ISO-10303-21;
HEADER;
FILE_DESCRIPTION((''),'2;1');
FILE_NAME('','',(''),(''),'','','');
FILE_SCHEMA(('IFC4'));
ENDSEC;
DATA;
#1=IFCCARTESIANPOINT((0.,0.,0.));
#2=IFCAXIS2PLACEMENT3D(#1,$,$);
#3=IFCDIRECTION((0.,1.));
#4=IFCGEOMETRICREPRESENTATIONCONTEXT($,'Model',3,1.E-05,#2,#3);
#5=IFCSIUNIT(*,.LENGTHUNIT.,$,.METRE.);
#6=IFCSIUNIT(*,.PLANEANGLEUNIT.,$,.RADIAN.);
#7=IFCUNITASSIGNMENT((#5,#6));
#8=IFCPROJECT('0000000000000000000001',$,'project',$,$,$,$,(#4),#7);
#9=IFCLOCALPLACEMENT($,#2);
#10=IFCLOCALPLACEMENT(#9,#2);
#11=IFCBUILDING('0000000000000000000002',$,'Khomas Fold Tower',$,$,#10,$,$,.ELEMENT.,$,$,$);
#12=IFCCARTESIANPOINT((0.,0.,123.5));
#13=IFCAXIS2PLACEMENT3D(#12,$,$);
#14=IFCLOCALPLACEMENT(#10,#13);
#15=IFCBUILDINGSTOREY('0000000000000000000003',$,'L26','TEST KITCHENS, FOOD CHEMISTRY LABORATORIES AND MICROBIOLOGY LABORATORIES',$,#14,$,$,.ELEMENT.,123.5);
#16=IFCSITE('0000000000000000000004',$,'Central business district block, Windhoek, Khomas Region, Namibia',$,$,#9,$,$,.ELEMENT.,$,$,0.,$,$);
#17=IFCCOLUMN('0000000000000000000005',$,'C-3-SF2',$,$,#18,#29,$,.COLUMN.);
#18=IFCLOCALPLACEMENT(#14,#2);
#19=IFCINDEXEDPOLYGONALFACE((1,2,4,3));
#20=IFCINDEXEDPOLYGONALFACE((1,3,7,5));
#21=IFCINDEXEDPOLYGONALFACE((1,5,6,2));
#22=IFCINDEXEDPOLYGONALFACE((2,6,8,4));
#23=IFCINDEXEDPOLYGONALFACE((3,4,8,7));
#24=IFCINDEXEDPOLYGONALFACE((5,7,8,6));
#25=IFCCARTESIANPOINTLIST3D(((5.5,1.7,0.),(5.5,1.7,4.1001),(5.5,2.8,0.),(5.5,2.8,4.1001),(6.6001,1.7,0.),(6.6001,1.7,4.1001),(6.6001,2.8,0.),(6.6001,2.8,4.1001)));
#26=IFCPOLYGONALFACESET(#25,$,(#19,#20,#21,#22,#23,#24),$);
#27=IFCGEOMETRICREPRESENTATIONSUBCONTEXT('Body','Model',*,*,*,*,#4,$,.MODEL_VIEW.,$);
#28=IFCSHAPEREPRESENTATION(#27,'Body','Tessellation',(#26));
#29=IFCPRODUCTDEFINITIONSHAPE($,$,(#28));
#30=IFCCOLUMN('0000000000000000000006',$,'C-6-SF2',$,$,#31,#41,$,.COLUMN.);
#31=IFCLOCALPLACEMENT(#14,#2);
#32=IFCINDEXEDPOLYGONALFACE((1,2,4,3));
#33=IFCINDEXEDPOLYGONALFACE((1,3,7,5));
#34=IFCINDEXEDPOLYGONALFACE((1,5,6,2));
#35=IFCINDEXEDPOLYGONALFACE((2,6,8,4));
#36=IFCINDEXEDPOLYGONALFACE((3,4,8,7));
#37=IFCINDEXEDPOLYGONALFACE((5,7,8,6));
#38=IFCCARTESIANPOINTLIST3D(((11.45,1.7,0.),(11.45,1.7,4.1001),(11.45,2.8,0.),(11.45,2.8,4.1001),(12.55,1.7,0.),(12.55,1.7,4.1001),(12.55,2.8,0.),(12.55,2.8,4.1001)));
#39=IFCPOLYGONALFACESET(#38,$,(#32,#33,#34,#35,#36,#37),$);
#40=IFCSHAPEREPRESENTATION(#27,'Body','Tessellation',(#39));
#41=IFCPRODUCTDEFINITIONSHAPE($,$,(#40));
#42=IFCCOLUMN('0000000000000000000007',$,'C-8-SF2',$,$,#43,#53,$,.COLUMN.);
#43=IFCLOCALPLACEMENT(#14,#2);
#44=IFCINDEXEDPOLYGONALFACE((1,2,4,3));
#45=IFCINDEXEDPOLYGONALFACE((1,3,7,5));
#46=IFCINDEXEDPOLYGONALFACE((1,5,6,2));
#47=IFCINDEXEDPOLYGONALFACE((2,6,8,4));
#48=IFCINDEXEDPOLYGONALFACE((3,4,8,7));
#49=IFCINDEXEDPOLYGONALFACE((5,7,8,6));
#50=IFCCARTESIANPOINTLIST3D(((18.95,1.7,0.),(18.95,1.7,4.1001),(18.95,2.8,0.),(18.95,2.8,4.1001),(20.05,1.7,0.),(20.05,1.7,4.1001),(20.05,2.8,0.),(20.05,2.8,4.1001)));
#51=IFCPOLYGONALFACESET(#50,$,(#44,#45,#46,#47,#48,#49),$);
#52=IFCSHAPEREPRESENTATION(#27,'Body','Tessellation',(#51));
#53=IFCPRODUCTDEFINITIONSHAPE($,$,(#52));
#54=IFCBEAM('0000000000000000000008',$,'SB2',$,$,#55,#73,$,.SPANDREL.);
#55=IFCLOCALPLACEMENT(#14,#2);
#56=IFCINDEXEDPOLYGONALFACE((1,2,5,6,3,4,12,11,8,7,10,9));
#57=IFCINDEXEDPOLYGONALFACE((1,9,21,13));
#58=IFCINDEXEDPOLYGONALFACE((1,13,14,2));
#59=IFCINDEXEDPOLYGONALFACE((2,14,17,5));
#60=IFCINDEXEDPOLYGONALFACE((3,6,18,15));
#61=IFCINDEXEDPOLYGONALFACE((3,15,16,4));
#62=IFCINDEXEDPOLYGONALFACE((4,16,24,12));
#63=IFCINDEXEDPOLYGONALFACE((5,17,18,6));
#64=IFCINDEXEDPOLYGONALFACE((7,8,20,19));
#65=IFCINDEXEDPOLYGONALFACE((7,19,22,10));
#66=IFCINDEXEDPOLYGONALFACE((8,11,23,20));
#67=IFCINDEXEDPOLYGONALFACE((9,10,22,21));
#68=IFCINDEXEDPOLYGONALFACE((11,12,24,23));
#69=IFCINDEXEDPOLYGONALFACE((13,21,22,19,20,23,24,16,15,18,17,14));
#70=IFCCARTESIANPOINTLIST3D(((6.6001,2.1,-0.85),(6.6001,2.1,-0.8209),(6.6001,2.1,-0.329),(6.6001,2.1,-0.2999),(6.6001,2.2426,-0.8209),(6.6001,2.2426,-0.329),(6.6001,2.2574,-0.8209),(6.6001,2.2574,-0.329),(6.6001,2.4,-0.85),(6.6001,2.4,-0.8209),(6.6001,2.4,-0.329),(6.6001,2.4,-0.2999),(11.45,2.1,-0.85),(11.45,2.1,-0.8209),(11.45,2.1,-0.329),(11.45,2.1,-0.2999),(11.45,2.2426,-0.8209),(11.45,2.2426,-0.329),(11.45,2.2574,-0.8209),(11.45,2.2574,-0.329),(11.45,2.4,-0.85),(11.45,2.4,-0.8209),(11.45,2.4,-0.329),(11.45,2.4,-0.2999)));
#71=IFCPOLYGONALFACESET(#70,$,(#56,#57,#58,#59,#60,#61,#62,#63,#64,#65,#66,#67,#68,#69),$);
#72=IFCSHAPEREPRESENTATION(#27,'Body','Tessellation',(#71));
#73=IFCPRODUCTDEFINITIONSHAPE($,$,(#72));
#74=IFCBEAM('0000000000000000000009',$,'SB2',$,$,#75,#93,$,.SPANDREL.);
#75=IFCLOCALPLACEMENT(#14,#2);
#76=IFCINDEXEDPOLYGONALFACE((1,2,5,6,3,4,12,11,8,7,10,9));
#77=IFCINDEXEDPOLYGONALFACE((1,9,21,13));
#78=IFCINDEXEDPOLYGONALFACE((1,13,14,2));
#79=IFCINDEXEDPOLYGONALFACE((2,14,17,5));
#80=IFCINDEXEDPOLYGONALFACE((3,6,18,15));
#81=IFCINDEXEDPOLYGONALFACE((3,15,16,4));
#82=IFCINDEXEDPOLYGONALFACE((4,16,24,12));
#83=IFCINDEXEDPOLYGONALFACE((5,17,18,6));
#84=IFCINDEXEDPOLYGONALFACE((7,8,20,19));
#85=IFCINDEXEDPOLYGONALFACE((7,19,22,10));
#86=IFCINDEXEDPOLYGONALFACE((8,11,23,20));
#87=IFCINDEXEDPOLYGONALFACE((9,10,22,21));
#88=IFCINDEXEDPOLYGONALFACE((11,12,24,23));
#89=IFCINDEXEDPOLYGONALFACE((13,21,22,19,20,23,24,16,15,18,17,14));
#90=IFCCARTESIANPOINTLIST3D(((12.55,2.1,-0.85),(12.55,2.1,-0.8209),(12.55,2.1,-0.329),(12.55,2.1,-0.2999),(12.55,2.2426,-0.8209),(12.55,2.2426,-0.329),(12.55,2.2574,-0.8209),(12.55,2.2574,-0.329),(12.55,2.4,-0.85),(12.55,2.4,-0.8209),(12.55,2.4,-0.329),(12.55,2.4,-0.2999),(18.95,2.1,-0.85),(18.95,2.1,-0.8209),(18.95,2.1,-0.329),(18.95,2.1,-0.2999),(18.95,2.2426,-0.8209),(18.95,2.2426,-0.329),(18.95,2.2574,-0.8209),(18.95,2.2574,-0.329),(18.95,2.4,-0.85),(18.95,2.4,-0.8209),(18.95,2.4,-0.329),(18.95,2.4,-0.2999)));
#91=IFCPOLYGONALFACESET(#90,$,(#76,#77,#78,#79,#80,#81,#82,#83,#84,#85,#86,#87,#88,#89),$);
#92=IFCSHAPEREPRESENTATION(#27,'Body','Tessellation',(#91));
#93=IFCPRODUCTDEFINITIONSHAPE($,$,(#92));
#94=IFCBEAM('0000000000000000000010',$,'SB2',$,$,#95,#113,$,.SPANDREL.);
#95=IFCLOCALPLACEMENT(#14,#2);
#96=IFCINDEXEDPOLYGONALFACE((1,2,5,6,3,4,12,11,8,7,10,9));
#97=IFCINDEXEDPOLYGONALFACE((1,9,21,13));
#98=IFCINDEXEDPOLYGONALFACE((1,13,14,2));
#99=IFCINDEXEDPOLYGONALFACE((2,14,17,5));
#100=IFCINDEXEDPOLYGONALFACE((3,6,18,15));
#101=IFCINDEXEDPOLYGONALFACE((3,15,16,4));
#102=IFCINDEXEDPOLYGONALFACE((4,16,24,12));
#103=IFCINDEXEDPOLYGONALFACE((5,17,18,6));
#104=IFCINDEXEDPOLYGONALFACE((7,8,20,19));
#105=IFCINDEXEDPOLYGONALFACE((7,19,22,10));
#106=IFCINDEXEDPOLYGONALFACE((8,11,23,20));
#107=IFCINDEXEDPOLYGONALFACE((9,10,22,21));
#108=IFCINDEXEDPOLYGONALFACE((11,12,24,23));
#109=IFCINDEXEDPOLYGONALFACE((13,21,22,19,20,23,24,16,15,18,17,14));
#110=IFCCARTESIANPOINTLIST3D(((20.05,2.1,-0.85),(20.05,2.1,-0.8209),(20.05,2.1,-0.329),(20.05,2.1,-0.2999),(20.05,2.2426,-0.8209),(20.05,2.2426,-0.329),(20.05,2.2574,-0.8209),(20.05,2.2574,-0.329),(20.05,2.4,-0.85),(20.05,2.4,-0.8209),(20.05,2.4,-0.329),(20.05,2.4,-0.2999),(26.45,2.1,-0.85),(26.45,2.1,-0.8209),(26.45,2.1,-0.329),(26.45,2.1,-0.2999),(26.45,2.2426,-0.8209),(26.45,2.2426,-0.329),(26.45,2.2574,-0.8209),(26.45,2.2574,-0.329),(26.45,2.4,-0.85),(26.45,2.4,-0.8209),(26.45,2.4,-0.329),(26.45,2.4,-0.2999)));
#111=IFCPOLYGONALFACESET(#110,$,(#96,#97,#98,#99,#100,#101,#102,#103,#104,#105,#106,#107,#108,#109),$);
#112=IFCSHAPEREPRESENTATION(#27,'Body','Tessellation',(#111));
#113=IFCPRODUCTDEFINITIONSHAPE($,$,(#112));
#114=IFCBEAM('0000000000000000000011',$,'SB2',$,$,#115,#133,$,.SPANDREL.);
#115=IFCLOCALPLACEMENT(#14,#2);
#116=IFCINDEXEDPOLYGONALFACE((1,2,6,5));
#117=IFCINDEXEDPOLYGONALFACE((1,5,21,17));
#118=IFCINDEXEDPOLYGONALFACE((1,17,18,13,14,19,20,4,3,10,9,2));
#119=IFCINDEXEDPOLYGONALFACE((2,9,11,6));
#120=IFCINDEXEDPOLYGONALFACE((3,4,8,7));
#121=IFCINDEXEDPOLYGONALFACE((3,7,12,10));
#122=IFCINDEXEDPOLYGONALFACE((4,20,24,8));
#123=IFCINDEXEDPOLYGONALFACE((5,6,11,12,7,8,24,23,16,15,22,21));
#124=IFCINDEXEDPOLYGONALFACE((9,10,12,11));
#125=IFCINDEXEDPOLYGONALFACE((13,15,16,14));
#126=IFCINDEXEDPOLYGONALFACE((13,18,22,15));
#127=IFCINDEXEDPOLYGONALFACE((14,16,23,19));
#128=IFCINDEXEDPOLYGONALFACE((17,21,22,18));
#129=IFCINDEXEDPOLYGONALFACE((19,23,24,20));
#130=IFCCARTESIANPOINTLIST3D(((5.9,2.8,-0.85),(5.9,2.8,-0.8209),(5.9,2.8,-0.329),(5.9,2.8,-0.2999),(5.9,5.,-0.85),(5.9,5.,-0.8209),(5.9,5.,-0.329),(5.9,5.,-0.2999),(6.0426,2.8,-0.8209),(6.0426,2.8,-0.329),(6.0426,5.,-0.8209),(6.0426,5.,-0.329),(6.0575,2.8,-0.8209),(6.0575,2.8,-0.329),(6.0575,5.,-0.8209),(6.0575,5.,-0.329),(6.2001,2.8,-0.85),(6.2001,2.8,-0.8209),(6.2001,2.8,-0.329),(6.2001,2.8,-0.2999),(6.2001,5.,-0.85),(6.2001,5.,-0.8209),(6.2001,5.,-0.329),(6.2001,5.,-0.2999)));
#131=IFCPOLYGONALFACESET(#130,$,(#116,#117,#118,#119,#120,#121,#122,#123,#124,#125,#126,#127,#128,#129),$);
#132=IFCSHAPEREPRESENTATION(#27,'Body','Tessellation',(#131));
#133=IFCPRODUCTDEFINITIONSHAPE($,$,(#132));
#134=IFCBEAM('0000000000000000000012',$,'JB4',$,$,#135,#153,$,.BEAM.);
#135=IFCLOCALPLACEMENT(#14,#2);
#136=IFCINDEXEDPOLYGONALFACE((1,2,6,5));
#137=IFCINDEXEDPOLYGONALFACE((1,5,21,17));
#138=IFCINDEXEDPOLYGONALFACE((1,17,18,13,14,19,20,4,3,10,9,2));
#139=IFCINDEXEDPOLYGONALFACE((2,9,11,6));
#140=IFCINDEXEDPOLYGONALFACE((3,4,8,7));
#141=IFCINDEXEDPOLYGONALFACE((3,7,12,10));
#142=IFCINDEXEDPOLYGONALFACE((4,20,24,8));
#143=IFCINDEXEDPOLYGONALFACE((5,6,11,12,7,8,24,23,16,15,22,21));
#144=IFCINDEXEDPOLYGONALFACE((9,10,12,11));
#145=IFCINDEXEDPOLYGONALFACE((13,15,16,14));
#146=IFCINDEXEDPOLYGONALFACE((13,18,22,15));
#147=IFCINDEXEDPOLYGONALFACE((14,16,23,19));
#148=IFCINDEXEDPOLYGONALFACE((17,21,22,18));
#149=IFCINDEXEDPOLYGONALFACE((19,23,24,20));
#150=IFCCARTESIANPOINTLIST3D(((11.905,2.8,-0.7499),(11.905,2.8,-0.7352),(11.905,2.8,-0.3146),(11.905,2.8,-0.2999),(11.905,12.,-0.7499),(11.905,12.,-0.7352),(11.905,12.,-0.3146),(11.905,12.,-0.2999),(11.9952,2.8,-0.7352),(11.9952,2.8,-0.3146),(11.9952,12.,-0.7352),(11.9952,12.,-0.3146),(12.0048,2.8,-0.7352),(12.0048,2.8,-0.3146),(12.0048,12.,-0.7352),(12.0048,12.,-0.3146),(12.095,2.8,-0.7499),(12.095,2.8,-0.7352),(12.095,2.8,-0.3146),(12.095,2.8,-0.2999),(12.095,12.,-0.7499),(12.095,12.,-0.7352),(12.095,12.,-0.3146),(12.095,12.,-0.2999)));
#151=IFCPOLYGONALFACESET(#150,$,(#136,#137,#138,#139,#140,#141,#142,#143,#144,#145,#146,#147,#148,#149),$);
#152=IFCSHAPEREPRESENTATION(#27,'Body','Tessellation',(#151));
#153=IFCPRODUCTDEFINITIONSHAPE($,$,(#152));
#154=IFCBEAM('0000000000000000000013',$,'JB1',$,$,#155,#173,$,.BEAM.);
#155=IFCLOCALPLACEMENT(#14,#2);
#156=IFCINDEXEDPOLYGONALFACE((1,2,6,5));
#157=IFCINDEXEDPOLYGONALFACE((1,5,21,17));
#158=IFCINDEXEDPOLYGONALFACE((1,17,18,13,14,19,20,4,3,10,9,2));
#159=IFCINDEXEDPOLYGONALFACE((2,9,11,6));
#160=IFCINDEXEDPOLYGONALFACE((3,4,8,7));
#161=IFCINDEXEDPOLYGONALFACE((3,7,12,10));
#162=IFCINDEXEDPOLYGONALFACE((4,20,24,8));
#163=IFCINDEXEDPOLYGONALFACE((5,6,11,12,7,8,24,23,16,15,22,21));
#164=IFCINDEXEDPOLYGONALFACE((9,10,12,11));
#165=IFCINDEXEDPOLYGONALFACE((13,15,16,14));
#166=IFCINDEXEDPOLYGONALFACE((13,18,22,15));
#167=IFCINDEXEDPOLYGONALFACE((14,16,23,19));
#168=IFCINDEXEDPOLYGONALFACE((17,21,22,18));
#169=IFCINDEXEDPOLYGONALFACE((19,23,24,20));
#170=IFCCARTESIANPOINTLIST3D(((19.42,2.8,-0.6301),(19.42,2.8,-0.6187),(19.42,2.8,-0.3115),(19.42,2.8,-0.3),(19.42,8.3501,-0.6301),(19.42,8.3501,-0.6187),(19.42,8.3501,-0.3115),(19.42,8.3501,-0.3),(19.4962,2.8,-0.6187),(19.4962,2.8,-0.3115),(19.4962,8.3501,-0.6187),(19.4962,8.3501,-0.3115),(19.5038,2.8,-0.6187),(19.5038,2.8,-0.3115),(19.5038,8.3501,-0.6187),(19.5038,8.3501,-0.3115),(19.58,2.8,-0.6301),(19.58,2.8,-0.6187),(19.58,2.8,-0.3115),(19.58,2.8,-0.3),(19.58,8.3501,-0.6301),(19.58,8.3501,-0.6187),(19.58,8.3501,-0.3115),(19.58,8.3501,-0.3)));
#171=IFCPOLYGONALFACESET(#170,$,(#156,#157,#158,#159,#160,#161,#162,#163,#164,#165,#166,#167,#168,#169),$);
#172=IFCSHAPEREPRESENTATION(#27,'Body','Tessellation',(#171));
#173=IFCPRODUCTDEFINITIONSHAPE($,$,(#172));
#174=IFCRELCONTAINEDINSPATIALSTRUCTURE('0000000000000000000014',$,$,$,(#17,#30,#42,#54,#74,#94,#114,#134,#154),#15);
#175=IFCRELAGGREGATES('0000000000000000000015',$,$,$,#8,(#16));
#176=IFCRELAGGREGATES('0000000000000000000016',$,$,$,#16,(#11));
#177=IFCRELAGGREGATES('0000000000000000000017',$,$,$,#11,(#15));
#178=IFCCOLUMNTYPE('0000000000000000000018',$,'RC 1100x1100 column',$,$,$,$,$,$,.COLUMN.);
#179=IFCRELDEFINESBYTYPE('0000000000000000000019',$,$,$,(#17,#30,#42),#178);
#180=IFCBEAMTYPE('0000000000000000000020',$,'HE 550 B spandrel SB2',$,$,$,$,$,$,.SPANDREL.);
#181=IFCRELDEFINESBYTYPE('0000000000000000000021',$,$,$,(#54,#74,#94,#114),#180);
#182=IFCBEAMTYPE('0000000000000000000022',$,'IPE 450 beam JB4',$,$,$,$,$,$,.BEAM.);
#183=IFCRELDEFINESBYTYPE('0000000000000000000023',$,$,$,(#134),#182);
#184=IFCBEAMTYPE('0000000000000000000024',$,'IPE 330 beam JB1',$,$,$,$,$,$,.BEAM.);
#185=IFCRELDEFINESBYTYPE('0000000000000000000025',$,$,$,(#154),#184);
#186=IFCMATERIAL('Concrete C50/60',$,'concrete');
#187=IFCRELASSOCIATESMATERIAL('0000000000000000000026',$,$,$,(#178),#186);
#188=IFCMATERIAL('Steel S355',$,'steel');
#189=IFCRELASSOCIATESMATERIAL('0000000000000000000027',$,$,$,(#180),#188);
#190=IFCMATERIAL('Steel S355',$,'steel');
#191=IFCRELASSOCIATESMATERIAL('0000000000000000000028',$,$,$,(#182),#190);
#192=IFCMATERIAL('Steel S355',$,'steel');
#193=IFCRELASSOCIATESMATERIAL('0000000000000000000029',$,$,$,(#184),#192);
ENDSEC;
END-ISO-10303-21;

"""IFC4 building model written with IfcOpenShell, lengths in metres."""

from ifc_helpers import new_model, si_unit, direction, frame, origin, origin_2d, place, context, subcontext, project, spatial, rectangle, i_section, extrude, source, transform, mapped, material, material_profile, profile_set, type_object, element, save


model = new_model("IFC4")

# Units and contexts
model_context = context("Model", 3, precision=1e-05, world=origin(), true_north=direction((0.0, 1.0)))
body_context = subcontext(model_context, "Body", "Model", "MODEL_VIEW")
ifc_project = project(units=[si_unit("LENGTHUNIT", "METRE"), si_unit("PLANEANGLEUNIT", "RADIAN")], contexts=[model_context])

# Site, building, storey
site_placement = place(None, origin())
site = spatial("IfcSite", under=ifc_project, at=site_placement, Name="Central business district block, Windhoek, Khomas Region, Namibia", CompositionType="ELEMENT", RefElevation=0.0)
building_placement = place(site_placement, origin())
building = spatial("IfcBuilding", under=site, at=building_placement, Name="Khomas Fold Tower", CompositionType="ELEMENT")
storey_placement = place(building_placement, frame((0.0, 0.0, 123.5)))
storey = spatial("IfcBuildingStorey", under=building, at=storey_placement, Name="L26", Description="TEST KITCHENS, FOOD CHEMISTRY LABORATORIES AND MICROBIOLOGY LABORATORIES", CompositionType="ELEMENT", Elevation=123.5)

# Columns
ifc_material_1 = material(Name="Concrete C50/60", Category="concrete")
ifc_material_profile_1 = material_profile(ifc_material_1, rectangle(XDim=1.1001, YDim=1.1001, at=origin_2d()), Name="RC 1100x1100")
ifc_profile_set_1 = profile_set([ifc_material_profile_1], Name="Concrete C50/60")
column_type = type_object("IfcColumnType", Name="RC 1100x1100 column", PredefinedType="COLUMN", material=ifc_profile_set_1)
shared_shape_1 = source(origin(), body_context, "Body", "SweptSolid", [
    extrude(rectangle(XDim=1.1001, YDim=1.1001, at=origin_2d()), origin(), (0.0, 0.0, 1.0), 4.1001),
])
for number, where, z_axis, x_axis, name in (
    (1, (6.05, 2.25, 0.0), (0.0, 0.0, 1.0), (1.0, 0.0, 0.0), "C-3-SF2"),
    (2, (12.0, 2.25, 0.0), (0.0, 0.0, 1.0), (1.0, 0.0, 0.0), "C-6-SF2"),
    (3, (19.5, 2.25, 0.0), (0.0, 0.0, 1.0), (1.0, 0.0, 0.0), "C-8-SF2"),
):
    element("IfcColumn", number, at=place(storey_placement, frame(where, z_axis=z_axis, x_axis=x_axis)), inside=storey, type_object=column_type, Name=name, PredefinedType="COLUMN", context=body_context, shape_type="MappedRepresentation", body=[
        mapped(shared_shape_1, transform((0.0, 0.0, 0.0))),
    ])

# Beams
ifc_material_2 = material(Name="Steel S355", Category="steel")
ifc_material_profile_2 = material_profile(ifc_material_2, i_section(OverallWidth=0.3, OverallDepth=0.55, WebThickness=0.0149, FlangeThickness=0.0291, at=origin_2d()), Name="HE 550 B")
ifc_profile_set_2 = profile_set([ifc_material_profile_2], Name="Steel S355")
beam_type_1 = type_object("IfcBeamType", Name="HE 550 B spandrel SB2", PredefinedType="SPANDREL", material=ifc_profile_set_2)
shared_shape_2 = source(origin(), body_context, "Body", "SweptSolid", [
    extrude(i_section(OverallWidth=0.3, OverallDepth=0.55, WebThickness=0.0149, FlangeThickness=0.0291, at=origin_2d()), origin(), (0.0, 0.0, 1.0), 4.8499),
])
beam_1_placement = place(storey_placement, frame((6.6001, 2.25, -0.575), z_axis=(1.0, 0.0, 0.0), x_axis=(0.0, 1.0, 0.0)))
element("IfcBeam", 4, at=beam_1_placement, inside=storey, type_object=beam_type_1, Name="SB2", PredefinedType="SPANDREL", context=body_context, shape_type="MappedRepresentation", body=[
    mapped(shared_shape_2, transform((0.0, 0.0, 0.0))),
])
shared_shape_3 = source(origin(), body_context, "Body", "SweptSolid", [
    extrude(i_section(OverallWidth=0.3, OverallDepth=0.55, WebThickness=0.0149, FlangeThickness=0.0291, at=origin_2d()), origin(), (0.0, 0.0, 1.0), 6.3999),
])
for number, where, z_axis, x_axis, name in (
    (5, (12.55, 2.25, -0.575), (1.0, 0.0, 0.0), (0.0, 1.0, 0.0), "SB2"),
    (6, (20.05, 2.25, -0.575), (1.0, 0.0, 0.0), (0.0, 1.0, 0.0), "SB2"),
):
    element("IfcBeam", number, at=place(storey_placement, frame(where, z_axis=z_axis, x_axis=x_axis)), inside=storey, type_object=beam_type_1, Name=name, PredefinedType="SPANDREL", context=body_context, shape_type="MappedRepresentation", body=[
        mapped(shared_shape_3, transform((0.0, 0.0, 0.0))),
    ])
shared_shape_4 = source(origin(), body_context, "Body", "SweptSolid", [
    extrude(i_section(OverallWidth=0.3, OverallDepth=0.55, WebThickness=0.0149, FlangeThickness=0.0291, at=origin_2d()), origin(), (0.0, 0.0, 1.0), 2.2),
])
beam_2_placement = place(storey_placement, frame((6.05, 2.8, -0.575), z_axis=(0.0, 1.0, 0.0), x_axis=(-1.0, 0.0, 0.0)))
element("IfcBeam", 7, at=beam_2_placement, inside=storey, type_object=beam_type_1, Name="SB2", PredefinedType="SPANDREL", context=body_context, shape_type="MappedRepresentation", body=[
    mapped(shared_shape_4, transform((0.0, 0.0, 0.0))),
])
ifc_material_3 = material(Name="Steel S355", Category="steel")
ifc_material_profile_3 = material_profile(ifc_material_3, i_section(OverallWidth=0.1899, OverallDepth=0.45, WebThickness=0.0095, FlangeThickness=0.0146, at=origin_2d()), Name="IPE 450")
ifc_profile_set_3 = profile_set([ifc_material_profile_3], Name="Steel S355")
beam_type_2 = type_object("IfcBeamType", Name="IPE 450 beam JB4", PredefinedType="BEAM", material=ifc_profile_set_3)
shared_shape_5 = source(origin(), body_context, "Body", "SweptSolid", [
    extrude(i_section(OverallWidth=0.1899, OverallDepth=0.45, WebThickness=0.0095, FlangeThickness=0.0146, at=origin_2d()), origin(), (0.0, 0.0, 1.0), 9.2),
])
beam_3_placement = place(storey_placement, frame((12.0, 2.8, -0.5249), z_axis=(0.0, 1.0, 0.0), x_axis=(-1.0, 0.0, 0.0)))
element("IfcBeam", 8, at=beam_3_placement, inside=storey, type_object=beam_type_2, Name="JB4", PredefinedType="BEAM", context=body_context, shape_type="MappedRepresentation", body=[
    mapped(shared_shape_5, transform((0.0, 0.0, 0.0))),
])
ifc_material_4 = material(Name="Steel S355", Category="steel")
ifc_material_profile_4 = material_profile(ifc_material_4, i_section(OverallWidth=0.1599, OverallDepth=0.3301, WebThickness=0.0076, FlangeThickness=0.0115, at=origin_2d()), Name="IPE 330")
ifc_profile_set_4 = profile_set([ifc_material_profile_4], Name="Steel S355")
beam_type_3 = type_object("IfcBeamType", Name="IPE 330 beam JB1", PredefinedType="BEAM", material=ifc_profile_set_4)
shared_shape_6 = source(origin(), body_context, "Body", "SweptSolid", [
    extrude(i_section(OverallWidth=0.1599, OverallDepth=0.3301, WebThickness=0.0076, FlangeThickness=0.0115, at=origin_2d()), origin(), (0.0, 0.0, 1.0), 5.55),
])
beam_4_placement = place(storey_placement, frame((19.5, 2.8, -0.4651), z_axis=(0.0, 1.0, 0.0), x_axis=(-1.0, 0.0, 0.0)))
element("IfcBeam", 9, at=beam_4_placement, inside=storey, type_object=beam_type_3, Name="JB1", PredefinedType="BEAM", context=body_context, shape_type="MappedRepresentation", body=[
    mapped(shared_shape_6, transform((0.0, 0.0, 0.0))),
])

save(model, "model.ifc")
